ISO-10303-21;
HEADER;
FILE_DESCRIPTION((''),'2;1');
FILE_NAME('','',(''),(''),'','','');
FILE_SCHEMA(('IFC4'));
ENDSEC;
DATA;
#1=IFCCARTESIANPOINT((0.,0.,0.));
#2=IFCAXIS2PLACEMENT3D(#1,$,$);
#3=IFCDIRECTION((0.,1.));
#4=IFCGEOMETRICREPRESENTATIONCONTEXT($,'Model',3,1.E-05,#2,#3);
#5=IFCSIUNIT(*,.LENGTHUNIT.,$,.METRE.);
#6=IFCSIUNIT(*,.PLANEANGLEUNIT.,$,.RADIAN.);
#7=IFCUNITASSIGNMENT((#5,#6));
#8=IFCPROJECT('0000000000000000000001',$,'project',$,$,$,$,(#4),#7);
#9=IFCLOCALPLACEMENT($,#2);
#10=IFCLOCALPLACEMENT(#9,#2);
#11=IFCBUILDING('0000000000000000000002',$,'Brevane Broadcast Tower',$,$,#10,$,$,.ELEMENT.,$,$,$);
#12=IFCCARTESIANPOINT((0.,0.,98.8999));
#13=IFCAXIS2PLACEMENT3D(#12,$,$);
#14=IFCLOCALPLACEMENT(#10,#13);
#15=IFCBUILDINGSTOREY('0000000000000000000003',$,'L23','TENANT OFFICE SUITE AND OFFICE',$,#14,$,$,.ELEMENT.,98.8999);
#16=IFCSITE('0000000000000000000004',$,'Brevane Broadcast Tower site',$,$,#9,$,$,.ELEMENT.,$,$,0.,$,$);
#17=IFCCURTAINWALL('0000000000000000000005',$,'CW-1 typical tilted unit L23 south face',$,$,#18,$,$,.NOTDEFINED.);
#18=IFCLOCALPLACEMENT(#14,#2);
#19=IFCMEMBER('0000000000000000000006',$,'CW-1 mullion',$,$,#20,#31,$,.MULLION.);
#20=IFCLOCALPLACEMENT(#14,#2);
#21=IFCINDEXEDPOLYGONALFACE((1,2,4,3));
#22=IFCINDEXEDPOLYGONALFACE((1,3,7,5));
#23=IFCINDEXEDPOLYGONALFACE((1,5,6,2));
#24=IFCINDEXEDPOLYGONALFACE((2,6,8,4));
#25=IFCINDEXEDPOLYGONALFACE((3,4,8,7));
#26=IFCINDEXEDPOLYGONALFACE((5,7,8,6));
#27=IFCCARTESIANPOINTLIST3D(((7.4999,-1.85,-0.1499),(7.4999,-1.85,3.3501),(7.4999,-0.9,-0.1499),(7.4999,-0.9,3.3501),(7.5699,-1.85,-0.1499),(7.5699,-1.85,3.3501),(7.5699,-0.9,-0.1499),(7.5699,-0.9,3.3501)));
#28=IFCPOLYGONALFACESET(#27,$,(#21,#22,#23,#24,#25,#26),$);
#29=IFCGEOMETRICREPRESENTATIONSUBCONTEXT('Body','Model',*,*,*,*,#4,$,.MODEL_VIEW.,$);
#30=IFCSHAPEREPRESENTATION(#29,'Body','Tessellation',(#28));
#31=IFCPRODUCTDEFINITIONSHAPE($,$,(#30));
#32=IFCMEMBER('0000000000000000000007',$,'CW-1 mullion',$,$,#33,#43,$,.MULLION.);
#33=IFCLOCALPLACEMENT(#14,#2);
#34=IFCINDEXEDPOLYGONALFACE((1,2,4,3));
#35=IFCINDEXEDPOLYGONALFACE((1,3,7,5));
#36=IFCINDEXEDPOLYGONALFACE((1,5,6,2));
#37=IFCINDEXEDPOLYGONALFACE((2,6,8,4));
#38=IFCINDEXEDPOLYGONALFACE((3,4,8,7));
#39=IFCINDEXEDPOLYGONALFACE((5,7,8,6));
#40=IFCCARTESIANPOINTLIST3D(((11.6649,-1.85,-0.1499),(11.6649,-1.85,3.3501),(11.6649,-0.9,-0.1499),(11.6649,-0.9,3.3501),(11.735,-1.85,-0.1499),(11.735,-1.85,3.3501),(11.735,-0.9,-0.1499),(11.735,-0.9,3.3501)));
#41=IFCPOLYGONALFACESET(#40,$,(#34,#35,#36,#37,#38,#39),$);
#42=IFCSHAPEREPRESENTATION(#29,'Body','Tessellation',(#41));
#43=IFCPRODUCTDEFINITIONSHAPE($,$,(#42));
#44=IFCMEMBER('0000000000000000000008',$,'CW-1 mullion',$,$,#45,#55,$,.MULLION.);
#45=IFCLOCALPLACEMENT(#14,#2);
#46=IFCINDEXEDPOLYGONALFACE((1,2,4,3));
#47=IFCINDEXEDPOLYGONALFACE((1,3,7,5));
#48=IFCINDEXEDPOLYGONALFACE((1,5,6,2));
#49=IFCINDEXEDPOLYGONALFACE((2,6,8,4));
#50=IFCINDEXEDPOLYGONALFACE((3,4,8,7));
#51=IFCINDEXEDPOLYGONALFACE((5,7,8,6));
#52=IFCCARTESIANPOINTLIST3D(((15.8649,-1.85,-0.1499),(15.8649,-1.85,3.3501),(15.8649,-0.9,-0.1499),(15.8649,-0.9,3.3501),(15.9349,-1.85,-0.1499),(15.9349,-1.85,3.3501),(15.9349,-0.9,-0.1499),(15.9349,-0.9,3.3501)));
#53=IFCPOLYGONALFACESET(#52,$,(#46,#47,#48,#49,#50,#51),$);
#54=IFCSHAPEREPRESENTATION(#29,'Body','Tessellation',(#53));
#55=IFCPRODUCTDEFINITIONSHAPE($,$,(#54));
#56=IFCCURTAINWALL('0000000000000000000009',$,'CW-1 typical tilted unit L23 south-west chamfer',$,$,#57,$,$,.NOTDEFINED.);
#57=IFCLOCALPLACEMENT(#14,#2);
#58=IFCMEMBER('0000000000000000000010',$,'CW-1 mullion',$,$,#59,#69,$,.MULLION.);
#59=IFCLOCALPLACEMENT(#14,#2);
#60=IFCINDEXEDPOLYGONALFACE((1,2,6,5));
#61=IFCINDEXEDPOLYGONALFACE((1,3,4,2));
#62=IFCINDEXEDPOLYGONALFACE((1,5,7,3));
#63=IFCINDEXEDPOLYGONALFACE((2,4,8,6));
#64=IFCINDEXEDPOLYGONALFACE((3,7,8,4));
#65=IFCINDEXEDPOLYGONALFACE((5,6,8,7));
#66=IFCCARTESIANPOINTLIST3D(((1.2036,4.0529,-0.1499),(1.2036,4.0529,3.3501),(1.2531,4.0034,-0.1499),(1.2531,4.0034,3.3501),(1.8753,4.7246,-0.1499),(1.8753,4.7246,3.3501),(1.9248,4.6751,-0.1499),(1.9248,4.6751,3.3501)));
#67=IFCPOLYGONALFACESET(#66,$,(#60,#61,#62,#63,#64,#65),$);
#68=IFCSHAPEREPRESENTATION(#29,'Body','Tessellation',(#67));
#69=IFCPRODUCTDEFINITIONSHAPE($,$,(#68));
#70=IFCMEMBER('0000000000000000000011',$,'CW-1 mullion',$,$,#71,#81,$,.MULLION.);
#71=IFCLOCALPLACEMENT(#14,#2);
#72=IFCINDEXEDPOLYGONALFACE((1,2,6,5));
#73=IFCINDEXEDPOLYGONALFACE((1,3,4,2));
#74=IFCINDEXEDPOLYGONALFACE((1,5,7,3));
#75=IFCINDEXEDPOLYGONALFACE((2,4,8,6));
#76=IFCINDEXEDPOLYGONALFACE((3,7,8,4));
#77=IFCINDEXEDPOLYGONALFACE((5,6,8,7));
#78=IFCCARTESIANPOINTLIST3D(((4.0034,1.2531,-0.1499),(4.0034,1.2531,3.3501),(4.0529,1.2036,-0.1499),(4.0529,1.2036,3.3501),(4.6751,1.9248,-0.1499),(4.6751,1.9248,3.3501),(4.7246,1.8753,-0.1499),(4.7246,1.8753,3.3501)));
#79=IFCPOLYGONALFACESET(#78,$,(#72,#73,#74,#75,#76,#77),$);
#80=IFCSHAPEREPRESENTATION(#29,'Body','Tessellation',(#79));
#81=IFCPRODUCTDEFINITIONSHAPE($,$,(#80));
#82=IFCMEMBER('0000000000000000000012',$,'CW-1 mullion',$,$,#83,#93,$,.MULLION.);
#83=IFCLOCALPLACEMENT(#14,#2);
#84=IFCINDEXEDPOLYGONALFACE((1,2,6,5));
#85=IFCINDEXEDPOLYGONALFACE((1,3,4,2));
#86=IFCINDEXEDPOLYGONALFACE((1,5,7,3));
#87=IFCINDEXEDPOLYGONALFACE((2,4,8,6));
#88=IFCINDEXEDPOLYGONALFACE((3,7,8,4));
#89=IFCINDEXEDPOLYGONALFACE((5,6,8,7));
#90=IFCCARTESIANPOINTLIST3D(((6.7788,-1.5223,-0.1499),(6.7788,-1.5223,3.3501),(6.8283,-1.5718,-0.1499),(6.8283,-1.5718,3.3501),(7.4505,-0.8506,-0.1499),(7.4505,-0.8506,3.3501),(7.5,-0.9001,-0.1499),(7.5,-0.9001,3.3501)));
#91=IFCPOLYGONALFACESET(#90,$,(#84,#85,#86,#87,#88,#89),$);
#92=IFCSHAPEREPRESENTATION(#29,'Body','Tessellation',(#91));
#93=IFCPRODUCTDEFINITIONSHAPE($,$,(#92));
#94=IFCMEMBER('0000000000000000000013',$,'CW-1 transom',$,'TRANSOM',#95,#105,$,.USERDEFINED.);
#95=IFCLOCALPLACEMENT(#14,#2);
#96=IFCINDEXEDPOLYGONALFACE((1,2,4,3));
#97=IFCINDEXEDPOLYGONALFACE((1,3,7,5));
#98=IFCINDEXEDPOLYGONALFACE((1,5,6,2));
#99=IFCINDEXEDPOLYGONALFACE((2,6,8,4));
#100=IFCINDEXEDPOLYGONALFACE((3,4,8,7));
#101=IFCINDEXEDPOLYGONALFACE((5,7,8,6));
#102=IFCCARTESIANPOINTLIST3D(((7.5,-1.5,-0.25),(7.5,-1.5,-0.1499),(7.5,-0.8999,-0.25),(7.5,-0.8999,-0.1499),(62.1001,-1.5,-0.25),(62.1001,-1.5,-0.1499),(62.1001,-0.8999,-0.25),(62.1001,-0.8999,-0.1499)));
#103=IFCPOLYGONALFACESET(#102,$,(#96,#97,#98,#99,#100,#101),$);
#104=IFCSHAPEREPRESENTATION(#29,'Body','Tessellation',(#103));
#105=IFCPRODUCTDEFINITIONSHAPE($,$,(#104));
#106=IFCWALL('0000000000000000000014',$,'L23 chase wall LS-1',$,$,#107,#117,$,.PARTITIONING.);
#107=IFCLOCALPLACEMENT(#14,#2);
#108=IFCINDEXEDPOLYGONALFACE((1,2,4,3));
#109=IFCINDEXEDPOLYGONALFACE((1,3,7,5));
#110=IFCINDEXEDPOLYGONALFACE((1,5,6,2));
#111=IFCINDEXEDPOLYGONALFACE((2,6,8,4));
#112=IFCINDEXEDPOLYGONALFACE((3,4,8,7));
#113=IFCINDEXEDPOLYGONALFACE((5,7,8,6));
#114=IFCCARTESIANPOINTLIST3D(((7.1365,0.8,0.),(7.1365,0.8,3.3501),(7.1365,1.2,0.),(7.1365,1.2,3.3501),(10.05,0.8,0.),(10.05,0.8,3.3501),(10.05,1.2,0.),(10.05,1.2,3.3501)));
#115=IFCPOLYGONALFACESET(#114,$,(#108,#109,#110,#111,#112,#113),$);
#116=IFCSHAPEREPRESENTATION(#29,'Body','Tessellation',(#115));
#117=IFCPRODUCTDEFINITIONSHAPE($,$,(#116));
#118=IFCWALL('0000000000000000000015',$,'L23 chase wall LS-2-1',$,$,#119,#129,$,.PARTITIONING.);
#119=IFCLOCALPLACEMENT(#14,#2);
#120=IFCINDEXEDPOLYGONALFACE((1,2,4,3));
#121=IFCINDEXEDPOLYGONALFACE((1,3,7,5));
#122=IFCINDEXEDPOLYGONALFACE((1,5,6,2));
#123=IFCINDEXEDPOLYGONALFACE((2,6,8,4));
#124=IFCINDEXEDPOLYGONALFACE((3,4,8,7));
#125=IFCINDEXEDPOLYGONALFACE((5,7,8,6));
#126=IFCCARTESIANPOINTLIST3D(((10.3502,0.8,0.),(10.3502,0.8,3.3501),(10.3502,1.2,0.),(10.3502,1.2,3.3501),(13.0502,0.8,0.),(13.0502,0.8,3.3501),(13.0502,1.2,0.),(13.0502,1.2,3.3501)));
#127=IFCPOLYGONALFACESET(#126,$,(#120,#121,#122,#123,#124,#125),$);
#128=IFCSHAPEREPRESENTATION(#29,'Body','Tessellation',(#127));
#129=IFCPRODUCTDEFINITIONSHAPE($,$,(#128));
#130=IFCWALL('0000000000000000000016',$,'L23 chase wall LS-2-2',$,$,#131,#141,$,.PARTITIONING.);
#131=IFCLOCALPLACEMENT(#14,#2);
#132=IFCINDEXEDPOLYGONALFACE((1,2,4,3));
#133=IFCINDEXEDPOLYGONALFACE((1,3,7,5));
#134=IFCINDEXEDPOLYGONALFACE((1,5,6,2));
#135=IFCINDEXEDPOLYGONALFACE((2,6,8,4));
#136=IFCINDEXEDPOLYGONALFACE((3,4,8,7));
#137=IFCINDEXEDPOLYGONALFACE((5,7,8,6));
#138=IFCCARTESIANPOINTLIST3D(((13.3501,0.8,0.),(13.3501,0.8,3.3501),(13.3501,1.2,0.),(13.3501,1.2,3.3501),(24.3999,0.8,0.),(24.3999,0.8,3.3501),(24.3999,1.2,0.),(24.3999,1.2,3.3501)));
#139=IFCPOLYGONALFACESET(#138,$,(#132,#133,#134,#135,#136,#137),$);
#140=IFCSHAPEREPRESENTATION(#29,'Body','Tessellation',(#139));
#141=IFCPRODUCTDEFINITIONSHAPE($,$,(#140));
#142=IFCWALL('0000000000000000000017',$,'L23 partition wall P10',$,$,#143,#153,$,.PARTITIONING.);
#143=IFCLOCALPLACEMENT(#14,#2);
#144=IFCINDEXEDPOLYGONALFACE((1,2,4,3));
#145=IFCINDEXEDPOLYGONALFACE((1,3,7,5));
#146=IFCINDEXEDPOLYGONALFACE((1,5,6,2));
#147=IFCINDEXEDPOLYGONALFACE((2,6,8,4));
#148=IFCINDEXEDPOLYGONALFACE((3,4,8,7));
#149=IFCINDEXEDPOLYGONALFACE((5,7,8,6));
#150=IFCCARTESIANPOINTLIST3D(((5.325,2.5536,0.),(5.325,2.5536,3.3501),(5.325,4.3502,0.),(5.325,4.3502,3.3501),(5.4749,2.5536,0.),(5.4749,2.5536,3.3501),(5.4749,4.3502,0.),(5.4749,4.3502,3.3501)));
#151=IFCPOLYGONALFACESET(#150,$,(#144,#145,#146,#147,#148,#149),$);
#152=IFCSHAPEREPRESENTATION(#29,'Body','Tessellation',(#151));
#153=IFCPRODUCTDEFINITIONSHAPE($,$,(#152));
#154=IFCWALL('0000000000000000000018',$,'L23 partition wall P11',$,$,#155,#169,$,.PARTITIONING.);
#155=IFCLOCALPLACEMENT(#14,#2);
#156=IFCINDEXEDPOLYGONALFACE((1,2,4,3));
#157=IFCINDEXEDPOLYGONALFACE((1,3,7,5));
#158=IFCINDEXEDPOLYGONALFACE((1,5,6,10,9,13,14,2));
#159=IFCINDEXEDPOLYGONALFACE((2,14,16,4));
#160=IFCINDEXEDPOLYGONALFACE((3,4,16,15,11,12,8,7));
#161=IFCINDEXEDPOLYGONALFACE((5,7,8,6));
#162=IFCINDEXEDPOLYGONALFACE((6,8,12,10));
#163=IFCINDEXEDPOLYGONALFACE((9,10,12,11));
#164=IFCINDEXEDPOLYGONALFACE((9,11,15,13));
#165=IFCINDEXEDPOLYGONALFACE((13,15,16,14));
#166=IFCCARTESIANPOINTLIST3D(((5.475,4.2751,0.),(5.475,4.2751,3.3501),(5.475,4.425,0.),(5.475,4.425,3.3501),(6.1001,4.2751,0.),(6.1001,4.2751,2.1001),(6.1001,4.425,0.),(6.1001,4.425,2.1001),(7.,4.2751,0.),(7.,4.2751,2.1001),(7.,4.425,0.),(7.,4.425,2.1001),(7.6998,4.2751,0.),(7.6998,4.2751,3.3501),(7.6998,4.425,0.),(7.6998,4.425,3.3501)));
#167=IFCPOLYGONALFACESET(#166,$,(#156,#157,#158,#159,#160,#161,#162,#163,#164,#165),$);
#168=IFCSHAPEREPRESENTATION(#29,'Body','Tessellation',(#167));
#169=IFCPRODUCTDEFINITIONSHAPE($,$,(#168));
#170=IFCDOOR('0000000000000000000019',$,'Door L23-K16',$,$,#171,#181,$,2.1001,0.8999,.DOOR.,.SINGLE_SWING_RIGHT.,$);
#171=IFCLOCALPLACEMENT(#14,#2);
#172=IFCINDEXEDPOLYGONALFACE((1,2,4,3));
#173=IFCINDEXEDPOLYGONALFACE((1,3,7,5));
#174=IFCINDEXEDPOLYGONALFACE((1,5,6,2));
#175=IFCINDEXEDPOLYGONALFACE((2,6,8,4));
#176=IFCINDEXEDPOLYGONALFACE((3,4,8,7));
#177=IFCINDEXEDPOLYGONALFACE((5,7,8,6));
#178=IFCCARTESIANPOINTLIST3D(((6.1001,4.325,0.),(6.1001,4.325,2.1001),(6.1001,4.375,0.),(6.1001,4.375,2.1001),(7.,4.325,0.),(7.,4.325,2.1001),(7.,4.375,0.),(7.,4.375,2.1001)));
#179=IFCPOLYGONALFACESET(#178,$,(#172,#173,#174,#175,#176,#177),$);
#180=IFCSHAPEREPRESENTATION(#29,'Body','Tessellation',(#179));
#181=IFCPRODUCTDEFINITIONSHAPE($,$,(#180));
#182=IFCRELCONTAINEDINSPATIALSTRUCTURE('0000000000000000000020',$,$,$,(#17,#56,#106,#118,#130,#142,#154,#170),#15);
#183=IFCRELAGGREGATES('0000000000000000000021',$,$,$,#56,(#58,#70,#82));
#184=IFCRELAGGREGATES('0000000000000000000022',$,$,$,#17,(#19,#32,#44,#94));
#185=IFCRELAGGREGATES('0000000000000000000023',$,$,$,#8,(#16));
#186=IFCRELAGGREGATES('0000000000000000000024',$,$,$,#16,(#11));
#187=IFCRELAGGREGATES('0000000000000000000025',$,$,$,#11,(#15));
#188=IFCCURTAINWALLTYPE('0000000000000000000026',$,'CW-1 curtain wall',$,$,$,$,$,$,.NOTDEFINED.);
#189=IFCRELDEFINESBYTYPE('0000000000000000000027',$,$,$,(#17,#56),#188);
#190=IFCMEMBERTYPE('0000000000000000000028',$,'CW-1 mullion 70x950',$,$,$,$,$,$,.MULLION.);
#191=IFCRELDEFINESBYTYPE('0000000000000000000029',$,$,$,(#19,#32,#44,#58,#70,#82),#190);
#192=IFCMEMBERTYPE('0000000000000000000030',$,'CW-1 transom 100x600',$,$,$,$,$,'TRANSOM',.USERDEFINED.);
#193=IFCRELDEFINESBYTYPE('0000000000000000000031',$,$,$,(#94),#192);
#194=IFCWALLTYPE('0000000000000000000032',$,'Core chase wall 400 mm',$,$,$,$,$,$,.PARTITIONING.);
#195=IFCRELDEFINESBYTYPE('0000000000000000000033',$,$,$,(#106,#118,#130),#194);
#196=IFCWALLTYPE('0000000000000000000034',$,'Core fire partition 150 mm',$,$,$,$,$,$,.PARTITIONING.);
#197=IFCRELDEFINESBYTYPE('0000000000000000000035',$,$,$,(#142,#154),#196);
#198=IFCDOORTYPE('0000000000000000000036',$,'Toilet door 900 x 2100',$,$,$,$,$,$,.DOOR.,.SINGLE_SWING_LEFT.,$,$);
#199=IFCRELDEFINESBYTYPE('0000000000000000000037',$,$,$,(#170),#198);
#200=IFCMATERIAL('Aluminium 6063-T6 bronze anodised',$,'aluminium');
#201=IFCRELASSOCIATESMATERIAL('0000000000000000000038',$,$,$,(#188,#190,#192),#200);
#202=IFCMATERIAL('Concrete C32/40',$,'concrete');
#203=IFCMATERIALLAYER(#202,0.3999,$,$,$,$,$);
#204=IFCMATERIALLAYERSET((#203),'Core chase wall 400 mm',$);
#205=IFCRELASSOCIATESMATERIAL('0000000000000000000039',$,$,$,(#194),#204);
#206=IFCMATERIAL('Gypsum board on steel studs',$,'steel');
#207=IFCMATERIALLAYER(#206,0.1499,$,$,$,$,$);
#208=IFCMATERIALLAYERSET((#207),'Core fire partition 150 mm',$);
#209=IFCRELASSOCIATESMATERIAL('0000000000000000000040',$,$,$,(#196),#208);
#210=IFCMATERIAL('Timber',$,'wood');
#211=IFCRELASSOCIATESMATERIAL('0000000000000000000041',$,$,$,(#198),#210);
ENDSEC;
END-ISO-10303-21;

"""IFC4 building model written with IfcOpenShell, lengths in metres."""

from ifc_helpers import new_model, si_unit, direction, frame, frame_2d, origin, origin_2d, place, context, subcontext, project, spatial, rectangle, extrude, material, layer, layer_set, material_profile, profile_set, type_object, element, fill, aggregate, save


model = new_model("IFC4")

# Units and contexts
model_context = context("Model", 3, precision=1e-05, world=origin(), true_north=direction((0.0, 1.0)))
body_context = subcontext(model_context, "Body", "Model", "MODEL_VIEW")
ifc_project = project(units=[si_unit("LENGTHUNIT", "METRE"), si_unit("PLANEANGLEUNIT", "RADIAN")], contexts=[model_context])

# Site, building, storey
site_placement = place(None, origin())
site = spatial("IfcSite", under=ifc_project, at=site_placement, Name="Brevane Broadcast Tower site", CompositionType="ELEMENT", RefElevation=0.0)
building_placement = place(site_placement, origin())
building = spatial("IfcBuilding", under=site, at=building_placement, Name="Brevane Broadcast Tower", CompositionType="ELEMENT")
storey_placement = place(building_placement, frame((0.0, 0.0, 98.8999)))
storey = spatial("IfcBuildingStorey", under=building, at=storey_placement, Name="L23", Description="TENANT OFFICE SUITE AND OFFICE", CompositionType="ELEMENT", Elevation=98.8999)

# Curtain walls, members
ifc_material_1 = material(Name="Aluminium 6063-T6 bronze anodised", Category="aluminium")
curtain_wall_type = type_object("IfcCurtainWallType", Name="CW-1 curtain wall", PredefinedType="NOTDEFINED", material=ifc_material_1)
curtain_wall_1_placement = place(storey_placement, origin())
curtain_wall_1 = element("IfcCurtainWall", 1, at=curtain_wall_1_placement, inside=storey, type_object=curtain_wall_type, Name="CW-1 typical tilted unit L23 south face", PredefinedType="NOTDEFINED")
ifc_material_profile_1 = material_profile(ifc_material_1, rectangle(XDim=0.95, YDim=0.0701, at=origin_2d()), Name="RECT 70x950")
ifc_profile_set_1 = profile_set([ifc_material_profile_1], Name="Aluminium 6063-T6 bronze anodised")
member_type_1 = type_object("IfcMemberType", Name="CW-1 mullion 70x950", PredefinedType="MULLION", material=ifc_profile_set_1)
member_1_placement = place(storey_placement, frame((7.5349, -1.375, -0.1499), z_axis=(0.0, 0.0, 1.0), x_axis=(0.0, 1.0, 0.0)))
member_1 = element("IfcMember", 2, at=member_1_placement, type_object=member_type_1, Name="CW-1 mullion", PredefinedType="MULLION", context=body_context, shape_type="SweptSolid", body=[
    extrude(rectangle(XDim=0.95, YDim=0.0701, at=origin_2d()), origin(), (0.0, 0.0, 1.0), 3.5),
])
member_2_placement = place(storey_placement, frame((11.7, -1.375, -0.1499), z_axis=(0.0, 0.0, 1.0), x_axis=(0.0, 1.0, 0.0)))
member_2 = element("IfcMember", 3, at=member_2_placement, type_object=member_type_1, Name="CW-1 mullion", PredefinedType="MULLION", context=body_context, shape_type="SweptSolid", body=[
    extrude(rectangle(XDim=0.95, YDim=0.0701, at=origin_2d()), origin(), (0.0, 0.0, 1.0), 3.5),
])
member_3_placement = place(storey_placement, frame((15.8999, -1.375, -0.1499), z_axis=(0.0, 0.0, 1.0), x_axis=(0.0, 1.0, 0.0)))
member_3 = element("IfcMember", 4, at=member_3_placement, type_object=member_type_1, Name="CW-1 mullion", PredefinedType="MULLION", context=body_context, shape_type="SweptSolid", body=[
    extrude(rectangle(XDim=0.95, YDim=0.0701, at=origin_2d()), origin(), (0.0, 0.0, 1.0), 3.5),
])
curtain_wall_2_placement = place(storey_placement, origin())
curtain_wall_2 = element("IfcCurtainWall", 5, at=curtain_wall_2_placement, inside=storey, type_object=curtain_wall_type, Name="CW-1 typical tilted unit L23 south-west chamfer", PredefinedType="NOTDEFINED")
member_4_placement = place(storey_placement, frame((1.5642, 4.364, -0.1499), z_axis=(0.0, 0.0, 1.0), x_axis=(0.707107, 0.707107, 0.0)))
member_4 = element("IfcMember", 6, at=member_4_placement, type_object=member_type_1, Name="CW-1 mullion", PredefinedType="MULLION", context=body_context, shape_type="SweptSolid", body=[
    extrude(rectangle(XDim=0.95, YDim=0.0701, at=origin_2d()), origin(), (0.0, 0.0, 1.0), 3.5),
])
member_5_placement = place(storey_placement, frame((4.364, 1.5642, -0.1499), z_axis=(0.0, 0.0, 1.0), x_axis=(0.707107, 0.707107, 0.0)))
member_5 = element("IfcMember", 7, at=member_5_placement, type_object=member_type_1, Name="CW-1 mullion", PredefinedType="MULLION", context=body_context, shape_type="SweptSolid", body=[
    extrude(rectangle(XDim=0.95, YDim=0.0701, at=origin_2d()), origin(), (0.0, 0.0, 1.0), 3.5),
])
member_6_placement = place(storey_placement, frame((7.1394, -1.2112, -0.1499), z_axis=(0.0, 0.0, 1.0), x_axis=(0.707107, 0.707107, 0.0)))
member_6 = element("IfcMember", 8, at=member_6_placement, type_object=member_type_1, Name="CW-1 mullion", PredefinedType="MULLION", context=body_context, shape_type="SweptSolid", body=[
    extrude(rectangle(XDim=0.95, YDim=0.0701, at=origin_2d()), origin(), (0.0, 0.0, 1.0), 3.5),
])
aggregate(curtain_wall_2, [member_4, member_5, member_6])

# Member
ifc_material_profile_2 = material_profile(ifc_material_1, rectangle(XDim=0.6001, YDim=0.1001, at=origin_2d()), Name="RECT 100x600")
ifc_profile_set_2 = profile_set([ifc_material_profile_2], Name="Aluminium 6063-T6 bronze anodised")
member_type_2 = type_object("IfcMemberType", Name="CW-1 transom 100x600", ElementType="TRANSOM", PredefinedType="USERDEFINED", material=ifc_profile_set_2)
member_7_placement = place(storey_placement, frame((7.5, -1.2, -0.2), z_axis=(1.0, 0.0, 0.0), x_axis=(0.0, 1.0, 0.0)))
member_7 = element("IfcMember", 9, at=member_7_placement, type_object=member_type_2, Name="CW-1 transom", ObjectType="TRANSOM", PredefinedType="USERDEFINED", context=body_context, shape_type="SweptSolid", body=[
    extrude(rectangle(XDim=0.6001, YDim=0.1001, at=origin_2d()), origin(), (0.0, 0.0, 1.0), 54.6001),
])
aggregate(curtain_wall_1, [member_1, member_2, member_3, member_7])

# Walls
ifc_material_2 = material(Name="Concrete C32/40", Category="concrete")
ifc_layer_1 = layer(ifc_material_2, 0.3999)
ifc_layer_set_1 = layer_set([ifc_layer_1], Name="Core chase wall 400 mm")
wall_type_1 = type_object("IfcWallType", Name="Core chase wall 400 mm", PredefinedType="PARTITIONING", material=ifc_layer_set_1)
wall_1_placement = place(storey_placement, frame((7.1365, 1.0, 0.0), z_axis=(0.0, 0.0, 1.0), x_axis=(1.0, 0.0, 0.0)))
element("IfcWall", 10, at=wall_1_placement, inside=storey, type_object=wall_type_1, Name="L23 chase wall LS-1", PredefinedType="PARTITIONING", context=body_context, shape_type="SweptSolid", body=[
    extrude(rectangle(XDim=2.9136, YDim=0.3999, at=frame_2d((1.4568, 0.0))), origin(), (0.0, 0.0, 1.0), 3.3501),
])
wall_2_placement = place(storey_placement, frame((10.3501, 1.0, 0.0), z_axis=(0.0, 0.0, 1.0), x_axis=(1.0, 0.0, 0.0)))
element("IfcWall", 11, at=wall_2_placement, inside=storey, type_object=wall_type_1, Name="L23 chase wall LS-2-1", PredefinedType="PARTITIONING", context=body_context, shape_type="SweptSolid", body=[
    extrude(rectangle(XDim=2.7, YDim=0.3999, at=frame_2d((1.3501, 0.0))), origin(), (0.0, 0.0, 1.0), 3.3501),
])
wall_3_placement = place(storey_placement, frame((13.3501, 1.0, 0.0), z_axis=(0.0, 0.0, 1.0), x_axis=(1.0, 0.0, 0.0)))
element("IfcWall", 12, at=wall_3_placement, inside=storey, type_object=wall_type_1, Name="L23 chase wall LS-2-2", PredefinedType="PARTITIONING", context=body_context, shape_type="SweptSolid", body=[
    extrude(rectangle(XDim=11.0498, YDim=0.3999, at=frame_2d((5.5249, 0.0))), origin(), (0.0, 0.0, 1.0), 3.3501),
])
ifc_material_3 = material(Name="Gypsum board on steel studs", Category="steel")
ifc_layer_2 = layer(ifc_material_3, 0.1499)
ifc_layer_set_2 = layer_set([ifc_layer_2], Name="Core fire partition 150 mm")
wall_type_2 = type_object("IfcWallType", Name="Core fire partition 150 mm", PredefinedType="PARTITIONING", material=ifc_layer_set_2)
wall_4_placement = place(storey_placement, frame((5.3999, 2.5535, 0.0), z_axis=(0.0, 0.0, 1.0), x_axis=(0.0, 1.0, 0.0)))
element("IfcWall", 13, at=wall_4_placement, inside=storey, type_object=wall_type_2, Name="L23 partition wall P10", PredefinedType="PARTITIONING", context=body_context, shape_type="SweptSolid", body=[
    extrude(rectangle(XDim=1.7966, YDim=0.1499, at=frame_2d((0.8984, 0.0))), origin(), (0.0, 0.0, 1.0), 3.3501),
])

# Wall, opening, door
wall_5_placement = place(storey_placement, frame((5.4751, 4.3501, 0.0), z_axis=(0.0, 0.0, 1.0), x_axis=(1.0, 0.0, 0.0)))
wall_5 = element("IfcWall", 14, at=wall_5_placement, inside=storey, type_object=wall_type_2, Name="L23 partition wall P11", PredefinedType="PARTITIONING", context=body_context, shape_type="SweptSolid", body=[
    extrude(rectangle(XDim=2.2249, YDim=0.1499, at=frame_2d((1.1123, 0.0))), origin(), (0.0, 0.0, 1.0), 3.3501),
])
opening_1_placement = place(wall_5_placement, frame((0.625, 0.0, 0.0)))
opening_1 = element("IfcOpeningElement", 15, at=opening_1_placement, cuts=wall_5, PredefinedType="OPENING", context=body_context, shape_type="SweptSolid", body=[
    extrude(rectangle(XDim=0.8999, YDim=2.1001, at=frame_2d((0.45, 1.05))), frame((0.0, 0.085, 0.0), z_axis=(0.0, -1.0, 0.0), x_axis=(1.0, 0.0, 0.0)), (0.0, 0.0, 1.0), 0.1699),
])
ifc_material_4 = material(Name="Timber", Category="wood")
door_type_1 = type_object("IfcDoorType", Name="Toilet door 900 x 2100", OperationType="SINGLE_SWING_LEFT", PredefinedType="DOOR", material=ifc_material_4)
door_1_placement = place(opening_1_placement, origin())
door_1 = element("IfcDoor", 16, at=door_1_placement, inside=storey, type_object=door_type_1, Name="Door L23-K16", OperationType="SINGLE_SWING_RIGHT", OverallHeight=2.1001, OverallWidth=0.8999, PredefinedType="DOOR", context=body_context, shape_type="SweptSolid", body=[
    extrude(rectangle(XDim=0.8999, YDim=2.1001, at=frame_2d((0.45, 1.05))), frame((0.0, 0.0249, 0.0), z_axis=(0.0, -1.0, 0.0), x_axis=(1.0, 0.0, 0.0)), (0.0, 0.0, 1.0), 0.05),
])
fill(opening_1, door_1)

save(model, "model.ifc")
